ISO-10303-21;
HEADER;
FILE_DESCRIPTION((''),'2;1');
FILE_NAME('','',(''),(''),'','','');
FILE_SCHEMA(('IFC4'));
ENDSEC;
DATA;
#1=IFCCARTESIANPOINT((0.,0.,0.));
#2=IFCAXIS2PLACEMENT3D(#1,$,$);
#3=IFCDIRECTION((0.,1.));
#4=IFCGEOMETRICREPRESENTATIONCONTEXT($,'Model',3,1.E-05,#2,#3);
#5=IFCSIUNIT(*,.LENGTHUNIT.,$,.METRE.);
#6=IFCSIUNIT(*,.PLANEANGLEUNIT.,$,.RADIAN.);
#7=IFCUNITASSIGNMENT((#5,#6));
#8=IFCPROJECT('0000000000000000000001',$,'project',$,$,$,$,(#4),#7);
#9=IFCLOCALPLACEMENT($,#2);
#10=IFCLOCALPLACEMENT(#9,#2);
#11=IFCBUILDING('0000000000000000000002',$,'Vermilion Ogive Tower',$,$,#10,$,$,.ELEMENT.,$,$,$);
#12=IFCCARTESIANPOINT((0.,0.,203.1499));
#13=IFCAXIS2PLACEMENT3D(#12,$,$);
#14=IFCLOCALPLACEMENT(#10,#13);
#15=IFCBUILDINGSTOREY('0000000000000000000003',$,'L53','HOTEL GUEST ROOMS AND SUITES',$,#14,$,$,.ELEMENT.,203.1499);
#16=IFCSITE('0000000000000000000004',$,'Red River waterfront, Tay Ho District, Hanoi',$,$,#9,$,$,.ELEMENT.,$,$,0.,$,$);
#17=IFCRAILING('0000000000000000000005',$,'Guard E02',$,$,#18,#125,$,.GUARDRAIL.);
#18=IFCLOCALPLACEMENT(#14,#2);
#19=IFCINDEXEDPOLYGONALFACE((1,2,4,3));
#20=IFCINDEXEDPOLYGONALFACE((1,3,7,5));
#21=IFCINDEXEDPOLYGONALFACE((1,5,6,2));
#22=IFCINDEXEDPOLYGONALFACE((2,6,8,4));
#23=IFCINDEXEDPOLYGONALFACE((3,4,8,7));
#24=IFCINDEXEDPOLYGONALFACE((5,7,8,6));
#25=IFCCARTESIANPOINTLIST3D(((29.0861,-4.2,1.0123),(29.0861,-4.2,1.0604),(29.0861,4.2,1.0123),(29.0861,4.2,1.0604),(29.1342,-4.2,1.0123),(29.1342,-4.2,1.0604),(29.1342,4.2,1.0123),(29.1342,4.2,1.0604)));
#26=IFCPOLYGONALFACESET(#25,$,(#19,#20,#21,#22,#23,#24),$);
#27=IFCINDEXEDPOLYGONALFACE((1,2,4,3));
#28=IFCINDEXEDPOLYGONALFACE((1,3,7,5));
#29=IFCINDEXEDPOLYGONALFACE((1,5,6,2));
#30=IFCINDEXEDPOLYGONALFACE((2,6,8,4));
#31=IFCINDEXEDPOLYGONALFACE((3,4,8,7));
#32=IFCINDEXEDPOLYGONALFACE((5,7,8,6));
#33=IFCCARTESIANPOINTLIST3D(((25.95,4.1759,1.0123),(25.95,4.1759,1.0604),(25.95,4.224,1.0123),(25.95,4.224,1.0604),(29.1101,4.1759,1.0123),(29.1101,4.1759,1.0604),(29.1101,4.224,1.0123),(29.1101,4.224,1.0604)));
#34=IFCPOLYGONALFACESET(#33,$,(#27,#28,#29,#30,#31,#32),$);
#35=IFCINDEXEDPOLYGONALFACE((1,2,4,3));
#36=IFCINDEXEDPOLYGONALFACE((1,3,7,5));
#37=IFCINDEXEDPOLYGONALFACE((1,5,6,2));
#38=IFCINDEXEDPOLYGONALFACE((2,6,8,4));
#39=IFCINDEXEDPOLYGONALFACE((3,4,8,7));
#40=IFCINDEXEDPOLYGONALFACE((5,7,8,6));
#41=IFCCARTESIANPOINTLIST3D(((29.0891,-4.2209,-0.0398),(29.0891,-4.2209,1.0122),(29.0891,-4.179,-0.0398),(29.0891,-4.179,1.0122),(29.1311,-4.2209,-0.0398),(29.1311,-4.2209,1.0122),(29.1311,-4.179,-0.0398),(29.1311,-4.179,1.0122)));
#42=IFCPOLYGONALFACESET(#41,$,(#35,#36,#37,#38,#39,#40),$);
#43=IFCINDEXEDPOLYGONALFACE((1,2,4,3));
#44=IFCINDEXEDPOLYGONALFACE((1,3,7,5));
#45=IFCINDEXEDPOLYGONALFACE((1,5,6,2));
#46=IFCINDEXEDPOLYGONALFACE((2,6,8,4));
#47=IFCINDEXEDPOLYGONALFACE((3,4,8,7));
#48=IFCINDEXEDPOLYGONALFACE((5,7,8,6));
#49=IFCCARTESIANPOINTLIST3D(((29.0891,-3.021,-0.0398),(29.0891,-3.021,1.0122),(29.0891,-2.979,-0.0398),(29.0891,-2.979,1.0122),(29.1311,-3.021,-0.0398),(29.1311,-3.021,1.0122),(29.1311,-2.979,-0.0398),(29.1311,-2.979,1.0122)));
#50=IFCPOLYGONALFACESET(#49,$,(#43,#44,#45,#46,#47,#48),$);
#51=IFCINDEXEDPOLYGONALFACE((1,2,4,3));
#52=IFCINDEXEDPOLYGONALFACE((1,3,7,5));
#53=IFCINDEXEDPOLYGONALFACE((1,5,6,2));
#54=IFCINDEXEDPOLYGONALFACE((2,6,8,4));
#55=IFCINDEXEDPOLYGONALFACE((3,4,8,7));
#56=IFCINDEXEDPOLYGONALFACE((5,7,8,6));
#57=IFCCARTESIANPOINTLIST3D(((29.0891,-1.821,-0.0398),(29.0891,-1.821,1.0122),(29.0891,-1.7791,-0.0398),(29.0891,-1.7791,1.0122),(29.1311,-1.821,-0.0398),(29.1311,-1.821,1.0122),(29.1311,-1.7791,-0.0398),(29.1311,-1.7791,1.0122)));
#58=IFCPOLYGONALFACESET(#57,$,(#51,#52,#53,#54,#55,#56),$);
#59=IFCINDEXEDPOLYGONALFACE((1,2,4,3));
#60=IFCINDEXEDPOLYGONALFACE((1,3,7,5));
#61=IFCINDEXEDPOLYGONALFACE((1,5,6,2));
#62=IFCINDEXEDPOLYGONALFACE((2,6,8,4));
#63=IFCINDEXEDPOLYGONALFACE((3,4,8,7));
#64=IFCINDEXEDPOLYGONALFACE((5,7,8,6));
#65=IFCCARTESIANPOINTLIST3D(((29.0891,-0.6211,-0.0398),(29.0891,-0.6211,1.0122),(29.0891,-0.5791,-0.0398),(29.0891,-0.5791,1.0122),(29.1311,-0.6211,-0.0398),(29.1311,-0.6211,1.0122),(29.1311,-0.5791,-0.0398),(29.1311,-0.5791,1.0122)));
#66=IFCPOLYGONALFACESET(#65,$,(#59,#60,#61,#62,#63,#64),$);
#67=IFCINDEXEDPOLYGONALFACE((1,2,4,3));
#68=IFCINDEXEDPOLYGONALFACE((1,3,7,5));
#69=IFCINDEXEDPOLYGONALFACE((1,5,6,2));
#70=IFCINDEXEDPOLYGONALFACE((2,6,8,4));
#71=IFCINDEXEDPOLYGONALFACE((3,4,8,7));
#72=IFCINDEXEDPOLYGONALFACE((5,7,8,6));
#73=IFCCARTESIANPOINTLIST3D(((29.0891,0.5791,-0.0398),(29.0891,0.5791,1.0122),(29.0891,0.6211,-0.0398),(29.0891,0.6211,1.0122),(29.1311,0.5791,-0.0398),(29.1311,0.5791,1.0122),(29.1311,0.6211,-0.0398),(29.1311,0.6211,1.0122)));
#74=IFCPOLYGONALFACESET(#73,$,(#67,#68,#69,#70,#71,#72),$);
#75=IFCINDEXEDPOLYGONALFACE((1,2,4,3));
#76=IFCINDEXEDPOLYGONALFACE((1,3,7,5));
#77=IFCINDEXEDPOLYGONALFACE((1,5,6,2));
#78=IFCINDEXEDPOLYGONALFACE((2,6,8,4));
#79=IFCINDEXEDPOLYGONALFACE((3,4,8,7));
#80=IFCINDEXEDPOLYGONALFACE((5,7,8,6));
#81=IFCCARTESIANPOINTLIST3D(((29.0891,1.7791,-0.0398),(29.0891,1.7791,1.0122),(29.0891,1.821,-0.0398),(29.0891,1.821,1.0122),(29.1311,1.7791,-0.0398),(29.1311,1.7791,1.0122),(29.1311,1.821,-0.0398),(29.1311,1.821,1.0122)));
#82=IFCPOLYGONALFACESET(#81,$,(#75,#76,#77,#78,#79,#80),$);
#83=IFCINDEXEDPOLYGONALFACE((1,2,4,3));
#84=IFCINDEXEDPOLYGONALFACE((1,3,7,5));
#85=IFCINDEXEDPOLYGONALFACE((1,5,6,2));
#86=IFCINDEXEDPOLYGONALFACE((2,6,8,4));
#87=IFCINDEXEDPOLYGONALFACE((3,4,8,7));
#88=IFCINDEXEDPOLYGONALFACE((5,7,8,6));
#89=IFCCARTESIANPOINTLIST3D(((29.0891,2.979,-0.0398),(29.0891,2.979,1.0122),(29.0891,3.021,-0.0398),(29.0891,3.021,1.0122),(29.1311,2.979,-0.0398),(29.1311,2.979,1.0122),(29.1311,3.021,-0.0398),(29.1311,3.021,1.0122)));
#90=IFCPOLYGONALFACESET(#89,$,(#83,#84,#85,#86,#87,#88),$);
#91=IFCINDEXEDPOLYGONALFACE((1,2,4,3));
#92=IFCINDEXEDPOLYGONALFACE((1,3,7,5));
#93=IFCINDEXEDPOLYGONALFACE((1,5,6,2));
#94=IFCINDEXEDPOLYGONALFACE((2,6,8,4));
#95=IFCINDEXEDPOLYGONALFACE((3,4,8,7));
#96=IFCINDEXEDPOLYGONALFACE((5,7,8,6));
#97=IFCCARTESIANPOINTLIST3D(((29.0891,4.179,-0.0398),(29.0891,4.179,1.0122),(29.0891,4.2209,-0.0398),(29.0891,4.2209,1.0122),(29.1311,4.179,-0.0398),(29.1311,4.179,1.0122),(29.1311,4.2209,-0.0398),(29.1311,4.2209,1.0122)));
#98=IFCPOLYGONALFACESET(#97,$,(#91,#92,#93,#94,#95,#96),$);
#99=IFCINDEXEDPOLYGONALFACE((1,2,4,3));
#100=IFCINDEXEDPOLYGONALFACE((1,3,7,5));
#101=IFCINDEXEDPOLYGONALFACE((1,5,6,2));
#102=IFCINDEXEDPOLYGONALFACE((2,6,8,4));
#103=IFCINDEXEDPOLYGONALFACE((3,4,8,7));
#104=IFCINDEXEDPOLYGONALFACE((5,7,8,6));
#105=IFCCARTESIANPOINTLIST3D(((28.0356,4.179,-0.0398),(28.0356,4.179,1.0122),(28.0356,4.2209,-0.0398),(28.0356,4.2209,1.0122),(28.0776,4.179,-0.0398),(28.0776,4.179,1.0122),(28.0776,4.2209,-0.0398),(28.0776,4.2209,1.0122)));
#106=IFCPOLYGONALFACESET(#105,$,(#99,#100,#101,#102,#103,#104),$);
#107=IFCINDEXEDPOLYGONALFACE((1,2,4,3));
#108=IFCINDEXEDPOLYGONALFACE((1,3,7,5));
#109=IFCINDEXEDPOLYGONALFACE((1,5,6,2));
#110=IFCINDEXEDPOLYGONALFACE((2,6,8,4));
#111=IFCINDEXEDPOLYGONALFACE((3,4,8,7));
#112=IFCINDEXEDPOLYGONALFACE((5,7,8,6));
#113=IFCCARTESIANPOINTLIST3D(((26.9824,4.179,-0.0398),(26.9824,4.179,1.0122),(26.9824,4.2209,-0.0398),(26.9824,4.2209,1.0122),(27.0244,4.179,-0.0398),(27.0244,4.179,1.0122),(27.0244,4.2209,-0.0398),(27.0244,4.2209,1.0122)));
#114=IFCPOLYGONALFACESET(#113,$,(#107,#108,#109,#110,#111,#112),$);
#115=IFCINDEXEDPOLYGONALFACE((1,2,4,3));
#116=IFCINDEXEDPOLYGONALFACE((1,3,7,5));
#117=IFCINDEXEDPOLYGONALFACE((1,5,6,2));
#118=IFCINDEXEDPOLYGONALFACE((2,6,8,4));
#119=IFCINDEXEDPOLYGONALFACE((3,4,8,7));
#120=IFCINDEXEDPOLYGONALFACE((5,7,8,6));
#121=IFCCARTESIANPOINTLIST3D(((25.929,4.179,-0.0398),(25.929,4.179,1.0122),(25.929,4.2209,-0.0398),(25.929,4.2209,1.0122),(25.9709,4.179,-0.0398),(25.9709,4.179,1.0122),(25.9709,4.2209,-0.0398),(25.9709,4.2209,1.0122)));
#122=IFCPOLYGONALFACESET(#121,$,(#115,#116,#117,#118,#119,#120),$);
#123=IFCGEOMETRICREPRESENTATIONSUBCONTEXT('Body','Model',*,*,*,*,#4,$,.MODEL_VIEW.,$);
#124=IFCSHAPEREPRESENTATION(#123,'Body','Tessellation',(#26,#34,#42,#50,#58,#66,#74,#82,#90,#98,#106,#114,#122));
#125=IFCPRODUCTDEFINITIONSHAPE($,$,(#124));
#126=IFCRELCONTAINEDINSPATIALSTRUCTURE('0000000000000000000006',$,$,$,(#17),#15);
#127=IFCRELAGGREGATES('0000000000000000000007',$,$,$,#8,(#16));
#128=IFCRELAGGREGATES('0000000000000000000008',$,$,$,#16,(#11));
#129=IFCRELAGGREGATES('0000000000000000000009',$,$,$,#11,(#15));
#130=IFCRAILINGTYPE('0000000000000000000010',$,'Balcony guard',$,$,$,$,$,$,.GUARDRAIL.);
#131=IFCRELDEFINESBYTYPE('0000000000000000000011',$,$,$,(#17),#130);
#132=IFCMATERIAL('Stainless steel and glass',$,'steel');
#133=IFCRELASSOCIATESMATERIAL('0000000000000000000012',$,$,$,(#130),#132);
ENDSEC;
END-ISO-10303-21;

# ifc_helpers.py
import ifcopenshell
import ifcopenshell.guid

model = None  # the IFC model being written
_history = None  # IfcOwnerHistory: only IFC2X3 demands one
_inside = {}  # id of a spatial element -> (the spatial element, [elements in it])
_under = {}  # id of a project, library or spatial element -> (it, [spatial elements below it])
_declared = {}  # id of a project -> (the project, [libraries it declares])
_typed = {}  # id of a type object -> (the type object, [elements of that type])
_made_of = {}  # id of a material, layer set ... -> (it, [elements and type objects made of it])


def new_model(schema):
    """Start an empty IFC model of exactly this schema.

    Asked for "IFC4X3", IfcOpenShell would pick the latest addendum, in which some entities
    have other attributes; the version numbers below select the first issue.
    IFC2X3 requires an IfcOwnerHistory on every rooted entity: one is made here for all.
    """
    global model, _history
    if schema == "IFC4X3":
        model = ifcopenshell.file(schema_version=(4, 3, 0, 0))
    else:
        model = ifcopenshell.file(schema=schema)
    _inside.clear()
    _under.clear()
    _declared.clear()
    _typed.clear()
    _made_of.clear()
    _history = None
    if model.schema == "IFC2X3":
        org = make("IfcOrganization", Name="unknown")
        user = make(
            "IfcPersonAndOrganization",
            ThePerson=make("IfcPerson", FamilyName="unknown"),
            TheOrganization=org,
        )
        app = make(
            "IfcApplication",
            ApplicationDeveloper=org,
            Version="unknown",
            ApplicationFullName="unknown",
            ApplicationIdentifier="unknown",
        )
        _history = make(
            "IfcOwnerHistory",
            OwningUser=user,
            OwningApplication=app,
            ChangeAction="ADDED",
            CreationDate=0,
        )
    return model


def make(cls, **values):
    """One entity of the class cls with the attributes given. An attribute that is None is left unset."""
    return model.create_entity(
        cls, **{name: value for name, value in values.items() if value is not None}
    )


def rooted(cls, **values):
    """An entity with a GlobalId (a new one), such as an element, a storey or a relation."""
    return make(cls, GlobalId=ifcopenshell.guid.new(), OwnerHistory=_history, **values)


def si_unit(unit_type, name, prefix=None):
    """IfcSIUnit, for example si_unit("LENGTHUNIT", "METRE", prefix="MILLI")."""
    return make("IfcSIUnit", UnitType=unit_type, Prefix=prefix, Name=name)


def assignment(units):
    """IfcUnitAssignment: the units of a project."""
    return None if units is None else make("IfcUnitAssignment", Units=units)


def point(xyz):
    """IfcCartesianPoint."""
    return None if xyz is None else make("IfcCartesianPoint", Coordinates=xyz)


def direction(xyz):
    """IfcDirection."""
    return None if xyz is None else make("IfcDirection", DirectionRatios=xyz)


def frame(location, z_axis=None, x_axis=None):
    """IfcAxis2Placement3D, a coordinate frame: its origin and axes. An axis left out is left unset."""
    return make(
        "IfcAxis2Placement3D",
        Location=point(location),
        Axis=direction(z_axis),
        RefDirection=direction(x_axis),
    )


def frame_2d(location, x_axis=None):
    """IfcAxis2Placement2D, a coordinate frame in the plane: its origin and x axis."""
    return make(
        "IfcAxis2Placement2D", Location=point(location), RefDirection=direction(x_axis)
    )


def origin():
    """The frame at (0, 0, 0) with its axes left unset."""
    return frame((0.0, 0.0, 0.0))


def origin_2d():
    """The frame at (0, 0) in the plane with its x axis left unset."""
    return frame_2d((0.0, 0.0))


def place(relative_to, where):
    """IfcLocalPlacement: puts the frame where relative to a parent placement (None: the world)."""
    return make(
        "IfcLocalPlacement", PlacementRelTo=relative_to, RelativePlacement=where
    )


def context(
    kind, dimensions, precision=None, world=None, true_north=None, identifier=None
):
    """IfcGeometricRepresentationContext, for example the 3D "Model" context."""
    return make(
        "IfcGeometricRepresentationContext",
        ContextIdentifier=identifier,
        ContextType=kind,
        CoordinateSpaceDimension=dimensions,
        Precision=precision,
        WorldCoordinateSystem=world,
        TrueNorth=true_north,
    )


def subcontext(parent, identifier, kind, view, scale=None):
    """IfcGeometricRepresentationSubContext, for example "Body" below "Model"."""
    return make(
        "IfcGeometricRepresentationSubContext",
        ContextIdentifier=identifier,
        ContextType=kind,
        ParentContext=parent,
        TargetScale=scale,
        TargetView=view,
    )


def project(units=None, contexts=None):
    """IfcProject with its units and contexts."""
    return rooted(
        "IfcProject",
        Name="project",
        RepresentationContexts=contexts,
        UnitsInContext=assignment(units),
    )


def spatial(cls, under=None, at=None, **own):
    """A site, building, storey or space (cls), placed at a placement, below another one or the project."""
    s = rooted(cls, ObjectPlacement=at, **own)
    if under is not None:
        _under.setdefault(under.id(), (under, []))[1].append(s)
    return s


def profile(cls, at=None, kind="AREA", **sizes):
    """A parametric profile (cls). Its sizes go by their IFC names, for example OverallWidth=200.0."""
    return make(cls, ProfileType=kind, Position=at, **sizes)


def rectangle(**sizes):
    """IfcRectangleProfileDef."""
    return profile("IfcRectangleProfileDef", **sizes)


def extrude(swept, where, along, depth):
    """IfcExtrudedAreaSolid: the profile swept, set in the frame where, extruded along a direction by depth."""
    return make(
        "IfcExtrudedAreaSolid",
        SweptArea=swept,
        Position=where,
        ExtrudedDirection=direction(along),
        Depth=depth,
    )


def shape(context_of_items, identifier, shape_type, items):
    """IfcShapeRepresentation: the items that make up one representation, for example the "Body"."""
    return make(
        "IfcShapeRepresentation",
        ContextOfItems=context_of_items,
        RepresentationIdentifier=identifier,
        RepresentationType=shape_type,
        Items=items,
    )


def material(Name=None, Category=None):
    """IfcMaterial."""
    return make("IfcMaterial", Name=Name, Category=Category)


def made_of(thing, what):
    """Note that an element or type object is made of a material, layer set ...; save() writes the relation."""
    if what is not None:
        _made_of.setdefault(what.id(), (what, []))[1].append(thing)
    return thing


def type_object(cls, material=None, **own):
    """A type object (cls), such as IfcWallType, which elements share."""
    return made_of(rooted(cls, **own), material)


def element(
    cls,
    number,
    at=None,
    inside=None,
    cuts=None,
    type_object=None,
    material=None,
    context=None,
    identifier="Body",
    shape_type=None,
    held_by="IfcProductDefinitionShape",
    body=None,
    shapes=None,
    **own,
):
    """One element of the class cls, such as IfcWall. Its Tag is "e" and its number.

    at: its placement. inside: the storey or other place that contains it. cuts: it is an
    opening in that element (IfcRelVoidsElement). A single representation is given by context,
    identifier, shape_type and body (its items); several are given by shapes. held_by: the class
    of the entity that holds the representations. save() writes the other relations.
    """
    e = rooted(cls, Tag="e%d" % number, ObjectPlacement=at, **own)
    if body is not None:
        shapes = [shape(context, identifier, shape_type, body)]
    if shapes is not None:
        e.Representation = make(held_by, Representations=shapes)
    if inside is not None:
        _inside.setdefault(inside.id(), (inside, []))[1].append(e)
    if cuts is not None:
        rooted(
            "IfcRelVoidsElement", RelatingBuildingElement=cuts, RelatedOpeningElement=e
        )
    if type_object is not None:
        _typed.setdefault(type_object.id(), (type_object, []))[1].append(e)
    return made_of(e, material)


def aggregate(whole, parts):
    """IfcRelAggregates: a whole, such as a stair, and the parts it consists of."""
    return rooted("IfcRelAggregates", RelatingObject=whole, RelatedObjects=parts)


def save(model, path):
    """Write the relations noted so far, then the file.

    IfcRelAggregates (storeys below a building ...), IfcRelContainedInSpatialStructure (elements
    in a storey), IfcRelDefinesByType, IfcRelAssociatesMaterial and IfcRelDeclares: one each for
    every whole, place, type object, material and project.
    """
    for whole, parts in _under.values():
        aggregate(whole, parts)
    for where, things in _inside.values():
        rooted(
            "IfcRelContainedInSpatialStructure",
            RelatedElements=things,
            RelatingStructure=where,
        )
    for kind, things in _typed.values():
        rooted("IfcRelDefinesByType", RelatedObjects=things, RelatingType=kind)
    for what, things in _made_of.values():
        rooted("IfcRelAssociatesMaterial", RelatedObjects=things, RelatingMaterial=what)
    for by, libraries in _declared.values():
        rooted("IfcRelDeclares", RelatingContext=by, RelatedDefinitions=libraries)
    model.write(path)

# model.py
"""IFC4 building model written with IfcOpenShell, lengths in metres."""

from ifc_helpers import new_model, si_unit, direction, frame, origin, origin_2d, place, context, subcontext, project, spatial, rectangle, extrude, material, type_object, element, save


model = new_model("IFC4")

# Units and contexts
model_context = context("Model", 3, precision=1e-05, world=origin(), true_north=direction((0.0, 1.0)))
body_context = subcontext(model_context, "Body", "Model", "MODEL_VIEW")
ifc_project = project(units=[si_unit("LENGTHUNIT", "METRE"), si_unit("PLANEANGLEUNIT", "RADIAN")], contexts=[model_context])

# Site, building, storey
site_placement = place(None, origin())
site = spatial("IfcSite", under=ifc_project, at=site_placement, Name="Red River waterfront, Tay Ho District, Hanoi", CompositionType="ELEMENT", RefElevation=0.0)
building_placement = place(site_placement, origin())
building = spatial("IfcBuilding", under=site, at=building_placement, Name="Vermilion Ogive Tower", CompositionType="ELEMENT")
storey_placement = place(building_placement, frame((0.0, 0.0, 203.1499)))
storey = spatial("IfcBuildingStorey", under=building, at=storey_placement, Name="L53", Description="HOTEL GUEST ROOMS AND SUITES", CompositionType="ELEMENT", Elevation=203.1499)

# Railing
ifc_material_1 = material(Name="Stainless steel and glass", Category="steel")
railing_type = type_object("IfcRailingType", Name="Balcony guard", PredefinedType="GUARDRAIL", material=ifc_material_1)
railing_placement = place(storey_placement, frame((29.1101, -4.2, -0.0398)))
element("IfcRailing", 1, at=railing_placement, inside=storey, type_object=railing_type, Name="Guard E02", PredefinedType="GUARDRAIL", context=body_context, shape_type="SweptSolid", body=[
    extrude(rectangle(XDim=0.0481, YDim=0.0481, at=origin_2d()), frame((0.0, 0.0, 1.0762), z_axis=(0.0, 1.0, 0.0), x_axis=(-1.0, 0.0, 0.0)), (0.0, 0.0, 1.0), 8.3999),
    extrude(rectangle(XDim=0.0481, YDim=0.0481, at=origin_2d()), frame((0.0, 8.3999, 1.0762), z_axis=(-1.0, 0.0, 0.0), x_axis=(0.0, -1.0, 0.0)), (0.0, 0.0, 1.0), 3.1602),
    extrude(rectangle(XDim=0.042, YDim=0.042, at=origin_2d()), origin(), (0.0, 0.0, 1.0), 1.052),
    extrude(rectangle(XDim=0.042, YDim=0.042, at=origin_2d()), frame((0.0, 1.2, 0.0)), (0.0, 0.0, 1.0), 1.052),
    extrude(rectangle(XDim=0.042, YDim=0.042, at=origin_2d()), frame((0.0, 2.3999, 0.0)), (0.0, 0.0, 1.0), 1.052),
    extrude(rectangle(XDim=0.042, YDim=0.042, at=origin_2d()), frame((0.0, 3.5999, 0.0)), (0.0, 0.0, 1.0), 1.052),
    extrude(rectangle(XDim=0.042, YDim=0.042, at=origin_2d()), frame((0.0, 4.8, 0.0)), (0.0, 0.0, 1.0), 1.052),
    extrude(rectangle(XDim=0.042, YDim=0.042, at=origin_2d()), frame((0.0, 6.0, 0.0)), (0.0, 0.0, 1.0), 1.052),
    extrude(rectangle(XDim=0.042, YDim=0.042, at=origin_2d()), frame((0.0, 7.2, 0.0)), (0.0, 0.0, 1.0), 1.052),
    extrude(rectangle(XDim=0.042, YDim=0.042, at=origin_2d()), frame((0.0, 8.3999, 0.0)), (0.0, 0.0, 1.0), 1.052),
    extrude(rectangle(XDim=0.042, YDim=0.042, at=origin_2d()), frame((-1.0535, 8.3999, 0.0)), (0.0, 0.0, 1.0), 1.052),
    extrude(rectangle(XDim=0.042, YDim=0.042, at=origin_2d()), frame((-2.1067, 8.3999, 0.0)), (0.0, 0.0, 1.0), 1.052),
    extrude(rectangle(XDim=0.042, YDim=0.042, at=origin_2d()), frame((-3.1602, 8.3999, 0.0)), (0.0, 0.0, 1.0), 1.052),
])

save(model, "model.ifc")
